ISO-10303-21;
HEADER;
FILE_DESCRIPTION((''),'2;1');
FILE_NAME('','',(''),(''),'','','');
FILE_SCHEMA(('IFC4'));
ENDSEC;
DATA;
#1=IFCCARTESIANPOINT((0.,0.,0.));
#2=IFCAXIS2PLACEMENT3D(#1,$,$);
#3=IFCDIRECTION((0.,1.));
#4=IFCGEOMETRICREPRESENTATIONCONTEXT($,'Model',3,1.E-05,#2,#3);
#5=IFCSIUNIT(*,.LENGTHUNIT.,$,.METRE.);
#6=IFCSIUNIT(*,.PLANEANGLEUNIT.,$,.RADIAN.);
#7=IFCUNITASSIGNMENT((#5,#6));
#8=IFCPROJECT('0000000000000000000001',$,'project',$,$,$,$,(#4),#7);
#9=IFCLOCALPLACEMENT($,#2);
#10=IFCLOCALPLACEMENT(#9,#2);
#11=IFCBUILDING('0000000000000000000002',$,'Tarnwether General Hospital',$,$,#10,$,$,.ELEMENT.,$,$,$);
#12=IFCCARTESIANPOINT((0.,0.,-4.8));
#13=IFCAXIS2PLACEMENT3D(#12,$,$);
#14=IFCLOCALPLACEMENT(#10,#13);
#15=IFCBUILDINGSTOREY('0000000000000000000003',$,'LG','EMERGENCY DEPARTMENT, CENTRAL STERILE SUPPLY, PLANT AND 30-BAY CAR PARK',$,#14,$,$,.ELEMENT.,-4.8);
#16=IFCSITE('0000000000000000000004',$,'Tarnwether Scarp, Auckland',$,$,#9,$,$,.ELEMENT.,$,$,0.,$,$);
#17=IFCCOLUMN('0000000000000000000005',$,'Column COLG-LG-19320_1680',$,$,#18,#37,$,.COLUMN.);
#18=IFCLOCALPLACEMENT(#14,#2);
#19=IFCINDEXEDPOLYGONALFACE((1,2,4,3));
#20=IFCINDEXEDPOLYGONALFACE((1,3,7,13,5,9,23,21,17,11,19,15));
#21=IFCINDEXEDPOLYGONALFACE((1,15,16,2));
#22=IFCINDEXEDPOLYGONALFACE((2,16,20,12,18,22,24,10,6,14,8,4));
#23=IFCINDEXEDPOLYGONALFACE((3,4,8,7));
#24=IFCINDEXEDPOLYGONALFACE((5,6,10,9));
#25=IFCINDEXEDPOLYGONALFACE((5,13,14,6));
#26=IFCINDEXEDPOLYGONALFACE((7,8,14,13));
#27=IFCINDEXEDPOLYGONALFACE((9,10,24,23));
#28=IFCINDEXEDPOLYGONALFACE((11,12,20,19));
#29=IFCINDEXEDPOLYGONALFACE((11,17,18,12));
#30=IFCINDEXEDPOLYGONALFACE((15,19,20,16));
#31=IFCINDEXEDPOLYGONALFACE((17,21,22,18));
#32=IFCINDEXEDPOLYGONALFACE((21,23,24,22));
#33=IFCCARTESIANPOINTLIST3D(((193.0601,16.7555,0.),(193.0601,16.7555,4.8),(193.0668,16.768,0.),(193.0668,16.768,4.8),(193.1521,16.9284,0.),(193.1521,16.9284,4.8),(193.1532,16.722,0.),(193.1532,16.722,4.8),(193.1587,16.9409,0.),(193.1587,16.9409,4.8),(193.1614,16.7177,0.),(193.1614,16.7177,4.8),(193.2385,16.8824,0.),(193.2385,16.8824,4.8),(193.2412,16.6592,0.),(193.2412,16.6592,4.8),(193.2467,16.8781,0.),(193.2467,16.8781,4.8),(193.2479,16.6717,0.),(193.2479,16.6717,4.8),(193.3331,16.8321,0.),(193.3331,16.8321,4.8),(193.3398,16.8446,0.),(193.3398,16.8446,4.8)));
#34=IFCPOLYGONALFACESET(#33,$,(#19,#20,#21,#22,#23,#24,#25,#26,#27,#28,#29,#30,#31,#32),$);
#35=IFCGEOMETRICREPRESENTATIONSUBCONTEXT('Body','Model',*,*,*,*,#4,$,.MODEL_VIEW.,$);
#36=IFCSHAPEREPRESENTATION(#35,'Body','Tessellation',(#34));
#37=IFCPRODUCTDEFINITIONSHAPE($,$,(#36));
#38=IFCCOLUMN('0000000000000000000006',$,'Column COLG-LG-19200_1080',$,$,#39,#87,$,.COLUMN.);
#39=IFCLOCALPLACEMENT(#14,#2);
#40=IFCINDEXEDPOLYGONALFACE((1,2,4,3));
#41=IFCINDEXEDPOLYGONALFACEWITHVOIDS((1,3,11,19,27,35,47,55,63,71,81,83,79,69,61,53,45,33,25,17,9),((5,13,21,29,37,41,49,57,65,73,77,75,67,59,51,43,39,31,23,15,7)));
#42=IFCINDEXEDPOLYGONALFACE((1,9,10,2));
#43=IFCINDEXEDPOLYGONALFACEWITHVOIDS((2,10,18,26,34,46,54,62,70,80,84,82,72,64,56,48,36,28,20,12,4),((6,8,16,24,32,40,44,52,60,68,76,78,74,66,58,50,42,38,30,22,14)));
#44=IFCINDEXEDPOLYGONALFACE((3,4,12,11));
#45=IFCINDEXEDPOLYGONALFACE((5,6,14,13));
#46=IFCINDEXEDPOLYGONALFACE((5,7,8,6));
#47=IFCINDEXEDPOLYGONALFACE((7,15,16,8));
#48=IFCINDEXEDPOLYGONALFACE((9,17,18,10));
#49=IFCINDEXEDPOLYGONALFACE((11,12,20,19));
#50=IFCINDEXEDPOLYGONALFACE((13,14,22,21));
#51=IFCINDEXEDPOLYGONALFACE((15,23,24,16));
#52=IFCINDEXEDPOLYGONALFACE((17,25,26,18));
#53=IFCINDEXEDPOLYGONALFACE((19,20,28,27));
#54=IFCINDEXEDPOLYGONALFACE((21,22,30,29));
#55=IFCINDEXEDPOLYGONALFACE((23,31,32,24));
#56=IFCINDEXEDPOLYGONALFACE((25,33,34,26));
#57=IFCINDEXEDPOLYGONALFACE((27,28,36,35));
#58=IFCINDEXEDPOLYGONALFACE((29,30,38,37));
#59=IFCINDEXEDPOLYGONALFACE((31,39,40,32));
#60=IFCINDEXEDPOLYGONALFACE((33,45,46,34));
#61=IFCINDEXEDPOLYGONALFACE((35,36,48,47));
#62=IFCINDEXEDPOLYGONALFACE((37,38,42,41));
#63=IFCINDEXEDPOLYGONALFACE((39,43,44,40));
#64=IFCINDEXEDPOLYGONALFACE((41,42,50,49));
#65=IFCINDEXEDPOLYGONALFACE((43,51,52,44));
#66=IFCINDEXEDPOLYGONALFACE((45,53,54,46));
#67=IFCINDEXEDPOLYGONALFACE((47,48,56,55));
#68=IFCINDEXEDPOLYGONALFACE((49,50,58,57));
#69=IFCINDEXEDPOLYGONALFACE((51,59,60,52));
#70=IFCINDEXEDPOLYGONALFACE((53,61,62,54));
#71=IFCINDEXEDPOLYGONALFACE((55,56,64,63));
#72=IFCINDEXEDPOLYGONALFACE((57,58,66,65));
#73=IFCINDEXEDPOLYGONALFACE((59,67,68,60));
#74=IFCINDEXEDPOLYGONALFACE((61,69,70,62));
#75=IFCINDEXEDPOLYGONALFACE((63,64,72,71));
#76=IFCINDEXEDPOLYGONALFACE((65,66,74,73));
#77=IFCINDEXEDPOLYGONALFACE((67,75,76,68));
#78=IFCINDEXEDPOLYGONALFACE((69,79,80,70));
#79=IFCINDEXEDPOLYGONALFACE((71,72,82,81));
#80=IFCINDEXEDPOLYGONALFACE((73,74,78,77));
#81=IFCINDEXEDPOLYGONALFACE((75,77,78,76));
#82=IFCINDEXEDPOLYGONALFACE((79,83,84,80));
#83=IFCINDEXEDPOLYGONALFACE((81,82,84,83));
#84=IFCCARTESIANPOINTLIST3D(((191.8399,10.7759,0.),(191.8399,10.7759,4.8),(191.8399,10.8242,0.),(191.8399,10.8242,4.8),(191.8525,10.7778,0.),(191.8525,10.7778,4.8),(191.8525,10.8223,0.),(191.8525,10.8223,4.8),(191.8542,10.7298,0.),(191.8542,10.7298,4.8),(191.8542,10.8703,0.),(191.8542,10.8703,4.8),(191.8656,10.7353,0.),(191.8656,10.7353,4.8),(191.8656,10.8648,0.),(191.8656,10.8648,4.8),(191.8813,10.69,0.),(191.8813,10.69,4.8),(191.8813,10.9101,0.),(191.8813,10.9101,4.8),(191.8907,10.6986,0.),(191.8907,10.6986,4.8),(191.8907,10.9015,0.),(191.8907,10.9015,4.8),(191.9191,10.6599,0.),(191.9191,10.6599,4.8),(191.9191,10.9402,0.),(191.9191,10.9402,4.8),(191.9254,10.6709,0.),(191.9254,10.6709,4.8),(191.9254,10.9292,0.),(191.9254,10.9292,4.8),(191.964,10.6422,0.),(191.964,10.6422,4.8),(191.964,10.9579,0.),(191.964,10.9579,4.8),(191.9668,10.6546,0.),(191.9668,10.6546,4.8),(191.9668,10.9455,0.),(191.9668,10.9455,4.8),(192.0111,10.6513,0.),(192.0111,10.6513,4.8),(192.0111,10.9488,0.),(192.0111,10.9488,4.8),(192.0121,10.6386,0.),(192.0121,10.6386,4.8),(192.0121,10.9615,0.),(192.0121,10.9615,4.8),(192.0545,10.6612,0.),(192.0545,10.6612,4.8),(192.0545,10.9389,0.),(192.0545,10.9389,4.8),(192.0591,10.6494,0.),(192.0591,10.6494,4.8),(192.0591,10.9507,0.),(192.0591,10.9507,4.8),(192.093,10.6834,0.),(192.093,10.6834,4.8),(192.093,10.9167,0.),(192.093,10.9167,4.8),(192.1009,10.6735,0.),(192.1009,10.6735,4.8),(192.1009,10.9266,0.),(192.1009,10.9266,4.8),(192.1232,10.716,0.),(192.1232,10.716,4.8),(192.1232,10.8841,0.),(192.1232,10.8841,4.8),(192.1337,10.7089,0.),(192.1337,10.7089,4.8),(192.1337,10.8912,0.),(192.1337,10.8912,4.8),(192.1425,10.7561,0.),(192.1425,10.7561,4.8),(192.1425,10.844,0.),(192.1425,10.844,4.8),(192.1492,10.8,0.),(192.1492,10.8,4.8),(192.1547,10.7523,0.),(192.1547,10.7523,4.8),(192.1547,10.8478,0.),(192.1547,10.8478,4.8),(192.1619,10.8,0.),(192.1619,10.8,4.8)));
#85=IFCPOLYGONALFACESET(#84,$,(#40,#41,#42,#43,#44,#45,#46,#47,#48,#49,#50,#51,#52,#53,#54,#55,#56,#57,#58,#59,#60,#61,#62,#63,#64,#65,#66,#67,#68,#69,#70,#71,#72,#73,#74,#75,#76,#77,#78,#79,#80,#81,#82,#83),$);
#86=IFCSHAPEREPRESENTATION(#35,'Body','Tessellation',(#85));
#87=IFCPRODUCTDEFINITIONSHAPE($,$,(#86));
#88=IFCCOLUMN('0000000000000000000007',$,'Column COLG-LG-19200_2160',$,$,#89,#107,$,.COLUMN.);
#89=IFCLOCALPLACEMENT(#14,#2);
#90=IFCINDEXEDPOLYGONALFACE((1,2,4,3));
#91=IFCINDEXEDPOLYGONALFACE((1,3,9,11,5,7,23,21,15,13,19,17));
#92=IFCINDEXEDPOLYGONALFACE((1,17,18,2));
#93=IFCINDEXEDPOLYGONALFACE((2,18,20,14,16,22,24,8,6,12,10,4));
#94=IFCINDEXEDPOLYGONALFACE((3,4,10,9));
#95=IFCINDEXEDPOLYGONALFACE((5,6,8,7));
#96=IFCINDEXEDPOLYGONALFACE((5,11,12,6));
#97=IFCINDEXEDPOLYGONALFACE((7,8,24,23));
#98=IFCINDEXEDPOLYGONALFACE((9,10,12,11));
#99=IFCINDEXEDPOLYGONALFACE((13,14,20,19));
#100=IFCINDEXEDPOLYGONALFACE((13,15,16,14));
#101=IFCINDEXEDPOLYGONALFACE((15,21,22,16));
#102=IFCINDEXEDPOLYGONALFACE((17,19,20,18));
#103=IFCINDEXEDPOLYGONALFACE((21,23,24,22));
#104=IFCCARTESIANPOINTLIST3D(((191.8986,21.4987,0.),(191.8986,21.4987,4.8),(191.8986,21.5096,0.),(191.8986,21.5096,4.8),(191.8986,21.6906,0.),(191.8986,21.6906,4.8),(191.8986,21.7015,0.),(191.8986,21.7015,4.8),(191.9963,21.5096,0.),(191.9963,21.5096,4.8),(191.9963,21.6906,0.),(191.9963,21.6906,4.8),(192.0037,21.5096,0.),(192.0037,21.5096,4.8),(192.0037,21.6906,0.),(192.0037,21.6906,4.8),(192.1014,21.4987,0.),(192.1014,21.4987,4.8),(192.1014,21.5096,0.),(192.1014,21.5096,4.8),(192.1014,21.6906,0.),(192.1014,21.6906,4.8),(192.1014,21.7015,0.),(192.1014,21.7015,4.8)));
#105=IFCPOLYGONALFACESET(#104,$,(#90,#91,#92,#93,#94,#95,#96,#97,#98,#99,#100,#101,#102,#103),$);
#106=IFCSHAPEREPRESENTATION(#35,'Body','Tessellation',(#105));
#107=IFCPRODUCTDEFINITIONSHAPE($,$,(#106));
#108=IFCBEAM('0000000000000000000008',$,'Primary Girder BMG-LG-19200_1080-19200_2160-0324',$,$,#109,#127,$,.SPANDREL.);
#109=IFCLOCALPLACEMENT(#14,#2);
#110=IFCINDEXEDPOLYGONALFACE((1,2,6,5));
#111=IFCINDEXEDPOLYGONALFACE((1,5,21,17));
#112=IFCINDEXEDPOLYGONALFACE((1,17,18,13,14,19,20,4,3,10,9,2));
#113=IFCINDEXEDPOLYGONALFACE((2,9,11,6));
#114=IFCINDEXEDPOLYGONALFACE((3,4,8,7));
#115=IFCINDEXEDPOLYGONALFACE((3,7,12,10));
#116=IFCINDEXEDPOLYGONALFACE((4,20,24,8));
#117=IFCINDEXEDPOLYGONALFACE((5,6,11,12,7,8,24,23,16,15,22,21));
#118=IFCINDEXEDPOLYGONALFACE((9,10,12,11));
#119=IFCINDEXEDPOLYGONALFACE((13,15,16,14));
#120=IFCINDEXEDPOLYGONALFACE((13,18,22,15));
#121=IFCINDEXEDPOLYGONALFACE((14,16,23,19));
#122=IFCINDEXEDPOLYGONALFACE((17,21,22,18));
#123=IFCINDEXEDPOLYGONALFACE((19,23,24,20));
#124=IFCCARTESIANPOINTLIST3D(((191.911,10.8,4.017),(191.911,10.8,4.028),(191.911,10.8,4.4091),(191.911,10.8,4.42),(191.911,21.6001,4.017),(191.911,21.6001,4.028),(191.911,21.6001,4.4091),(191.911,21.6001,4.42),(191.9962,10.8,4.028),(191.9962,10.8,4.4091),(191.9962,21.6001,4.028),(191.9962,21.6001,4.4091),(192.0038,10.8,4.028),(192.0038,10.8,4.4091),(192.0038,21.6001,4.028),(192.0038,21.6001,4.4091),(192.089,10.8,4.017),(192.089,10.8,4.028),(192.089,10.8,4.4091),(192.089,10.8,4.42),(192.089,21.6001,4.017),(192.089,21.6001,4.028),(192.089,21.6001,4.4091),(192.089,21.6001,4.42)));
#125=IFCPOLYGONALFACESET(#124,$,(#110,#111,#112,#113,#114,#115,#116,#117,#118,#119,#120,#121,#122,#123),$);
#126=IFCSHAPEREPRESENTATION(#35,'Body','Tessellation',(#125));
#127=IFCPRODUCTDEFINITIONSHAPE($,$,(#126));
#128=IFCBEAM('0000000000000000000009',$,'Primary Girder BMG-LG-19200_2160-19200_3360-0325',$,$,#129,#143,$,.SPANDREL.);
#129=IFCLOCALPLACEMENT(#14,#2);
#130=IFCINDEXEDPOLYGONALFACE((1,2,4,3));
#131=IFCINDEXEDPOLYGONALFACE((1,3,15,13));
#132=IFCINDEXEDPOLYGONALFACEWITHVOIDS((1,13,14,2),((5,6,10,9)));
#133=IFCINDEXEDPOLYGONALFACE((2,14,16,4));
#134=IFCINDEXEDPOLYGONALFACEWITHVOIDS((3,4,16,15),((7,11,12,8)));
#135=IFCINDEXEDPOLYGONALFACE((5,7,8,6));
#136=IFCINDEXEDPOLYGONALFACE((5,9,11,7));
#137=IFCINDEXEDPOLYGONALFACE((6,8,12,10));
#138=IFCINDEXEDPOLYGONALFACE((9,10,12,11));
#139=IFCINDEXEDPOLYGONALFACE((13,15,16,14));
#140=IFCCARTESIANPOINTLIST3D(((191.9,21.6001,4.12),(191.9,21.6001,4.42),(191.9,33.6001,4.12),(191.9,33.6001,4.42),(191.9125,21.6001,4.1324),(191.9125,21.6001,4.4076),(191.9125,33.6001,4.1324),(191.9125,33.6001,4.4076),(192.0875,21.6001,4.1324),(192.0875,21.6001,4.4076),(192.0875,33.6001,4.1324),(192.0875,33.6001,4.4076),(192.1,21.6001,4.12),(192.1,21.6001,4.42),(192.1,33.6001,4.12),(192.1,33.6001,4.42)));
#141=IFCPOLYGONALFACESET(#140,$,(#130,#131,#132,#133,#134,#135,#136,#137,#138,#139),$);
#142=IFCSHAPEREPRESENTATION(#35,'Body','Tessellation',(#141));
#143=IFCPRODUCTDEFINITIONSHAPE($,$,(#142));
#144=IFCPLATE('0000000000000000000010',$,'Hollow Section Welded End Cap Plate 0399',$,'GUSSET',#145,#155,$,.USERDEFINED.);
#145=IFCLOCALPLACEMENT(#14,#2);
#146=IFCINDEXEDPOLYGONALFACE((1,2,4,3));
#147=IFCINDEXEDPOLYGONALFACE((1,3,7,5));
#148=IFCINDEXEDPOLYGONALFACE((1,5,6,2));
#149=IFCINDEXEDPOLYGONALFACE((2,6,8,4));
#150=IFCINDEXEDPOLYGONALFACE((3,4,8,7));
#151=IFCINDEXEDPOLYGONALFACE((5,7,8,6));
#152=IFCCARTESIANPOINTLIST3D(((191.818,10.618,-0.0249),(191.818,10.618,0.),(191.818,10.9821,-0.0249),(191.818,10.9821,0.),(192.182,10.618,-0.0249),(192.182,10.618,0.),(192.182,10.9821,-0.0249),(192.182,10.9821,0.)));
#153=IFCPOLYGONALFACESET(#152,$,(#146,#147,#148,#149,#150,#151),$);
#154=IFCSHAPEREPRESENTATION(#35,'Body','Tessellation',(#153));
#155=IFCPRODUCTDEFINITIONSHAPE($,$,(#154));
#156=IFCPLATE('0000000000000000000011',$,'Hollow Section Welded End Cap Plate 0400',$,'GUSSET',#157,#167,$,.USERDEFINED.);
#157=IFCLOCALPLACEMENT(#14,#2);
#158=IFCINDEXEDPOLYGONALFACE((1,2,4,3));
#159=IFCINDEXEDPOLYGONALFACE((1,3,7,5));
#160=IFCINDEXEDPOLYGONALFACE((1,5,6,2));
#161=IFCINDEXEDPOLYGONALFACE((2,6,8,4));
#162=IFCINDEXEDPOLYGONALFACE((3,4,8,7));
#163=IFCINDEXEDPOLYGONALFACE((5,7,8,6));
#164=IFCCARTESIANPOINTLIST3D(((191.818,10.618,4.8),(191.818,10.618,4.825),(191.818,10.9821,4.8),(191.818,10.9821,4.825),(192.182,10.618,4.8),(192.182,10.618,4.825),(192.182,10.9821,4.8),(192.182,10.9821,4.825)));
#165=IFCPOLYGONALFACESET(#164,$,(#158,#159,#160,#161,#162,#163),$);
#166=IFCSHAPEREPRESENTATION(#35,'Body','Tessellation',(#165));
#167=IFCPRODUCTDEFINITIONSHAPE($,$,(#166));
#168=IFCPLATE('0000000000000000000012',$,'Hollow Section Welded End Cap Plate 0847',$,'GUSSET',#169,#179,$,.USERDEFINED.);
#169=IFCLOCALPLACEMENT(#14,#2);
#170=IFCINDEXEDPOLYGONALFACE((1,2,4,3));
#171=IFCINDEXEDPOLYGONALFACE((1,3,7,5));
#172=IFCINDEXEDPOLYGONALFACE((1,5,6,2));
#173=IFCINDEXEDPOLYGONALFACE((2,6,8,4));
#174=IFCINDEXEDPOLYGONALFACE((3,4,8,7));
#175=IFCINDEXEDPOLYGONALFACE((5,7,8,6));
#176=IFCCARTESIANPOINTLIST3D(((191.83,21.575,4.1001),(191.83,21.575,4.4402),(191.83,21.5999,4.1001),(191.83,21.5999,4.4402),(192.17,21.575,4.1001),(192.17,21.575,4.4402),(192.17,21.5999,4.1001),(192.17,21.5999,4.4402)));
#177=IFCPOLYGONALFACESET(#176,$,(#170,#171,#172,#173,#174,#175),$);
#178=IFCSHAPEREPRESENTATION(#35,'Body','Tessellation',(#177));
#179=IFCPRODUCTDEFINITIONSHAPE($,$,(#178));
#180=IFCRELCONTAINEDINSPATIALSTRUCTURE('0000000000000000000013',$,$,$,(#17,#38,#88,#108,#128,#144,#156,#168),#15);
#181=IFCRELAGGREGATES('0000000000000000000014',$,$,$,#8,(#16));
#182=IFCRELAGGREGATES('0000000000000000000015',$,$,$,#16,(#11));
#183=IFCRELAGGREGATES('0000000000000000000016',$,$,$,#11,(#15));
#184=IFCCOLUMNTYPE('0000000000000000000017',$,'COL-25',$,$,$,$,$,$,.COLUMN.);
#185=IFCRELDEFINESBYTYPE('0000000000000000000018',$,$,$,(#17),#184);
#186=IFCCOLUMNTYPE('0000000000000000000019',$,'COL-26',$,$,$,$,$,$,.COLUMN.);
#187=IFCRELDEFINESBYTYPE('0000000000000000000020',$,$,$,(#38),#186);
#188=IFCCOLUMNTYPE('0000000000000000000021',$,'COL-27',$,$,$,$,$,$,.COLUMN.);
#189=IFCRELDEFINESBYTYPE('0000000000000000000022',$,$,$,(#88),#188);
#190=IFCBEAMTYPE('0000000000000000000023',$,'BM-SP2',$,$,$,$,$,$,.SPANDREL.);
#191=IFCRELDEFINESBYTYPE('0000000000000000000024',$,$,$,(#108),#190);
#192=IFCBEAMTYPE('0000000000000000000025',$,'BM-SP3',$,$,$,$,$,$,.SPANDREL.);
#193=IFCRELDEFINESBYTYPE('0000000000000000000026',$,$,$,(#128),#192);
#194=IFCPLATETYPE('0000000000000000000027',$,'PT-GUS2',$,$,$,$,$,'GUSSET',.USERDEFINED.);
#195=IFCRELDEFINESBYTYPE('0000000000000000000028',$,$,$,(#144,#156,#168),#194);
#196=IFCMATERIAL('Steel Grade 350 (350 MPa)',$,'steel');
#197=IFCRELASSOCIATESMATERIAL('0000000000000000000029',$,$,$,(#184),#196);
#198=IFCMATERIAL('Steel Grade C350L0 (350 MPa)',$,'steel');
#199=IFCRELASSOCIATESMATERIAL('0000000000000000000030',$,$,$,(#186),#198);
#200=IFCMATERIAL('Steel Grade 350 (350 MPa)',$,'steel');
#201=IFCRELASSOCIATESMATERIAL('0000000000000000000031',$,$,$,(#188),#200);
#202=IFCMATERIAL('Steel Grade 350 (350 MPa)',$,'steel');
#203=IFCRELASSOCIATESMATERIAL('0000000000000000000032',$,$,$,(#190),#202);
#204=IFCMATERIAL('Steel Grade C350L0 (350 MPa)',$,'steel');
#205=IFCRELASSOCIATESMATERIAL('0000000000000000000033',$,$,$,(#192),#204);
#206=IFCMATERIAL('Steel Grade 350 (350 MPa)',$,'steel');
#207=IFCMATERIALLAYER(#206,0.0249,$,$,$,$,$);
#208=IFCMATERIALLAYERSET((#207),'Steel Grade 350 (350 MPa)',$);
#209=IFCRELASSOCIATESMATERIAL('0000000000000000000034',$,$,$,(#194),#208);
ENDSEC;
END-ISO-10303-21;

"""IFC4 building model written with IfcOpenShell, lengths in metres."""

from ifc_helpers import new_model, si_unit, direction, frame, origin, origin_2d, place, context, subcontext, project, spatial, rectangle, hollow_rectangle, hollow_circle, i_section, extrude, material, layer, layer_set, material_profile, profile_set, type_object, element, save


model = new_model("IFC4")

# Units and contexts
model_context = context("Model", 3, precision=1e-05, world=origin(), true_north=direction((0.0, 1.0)))
body_context = subcontext(model_context, "Body", "Model", "MODEL_VIEW")
ifc_project = project(units=[si_unit("LENGTHUNIT", "METRE"), si_unit("PLANEANGLEUNIT", "RADIAN")], contexts=[model_context])

# Site, building, storey
site_placement = place(None, origin())
site = spatial("IfcSite", under=ifc_project, at=site_placement, Name="Tarnwether Scarp, Auckland", CompositionType="ELEMENT", RefElevation=0.0)
building_placement = place(site_placement, origin())
building = spatial("IfcBuilding", under=site, at=building_placement, Name="Tarnwether General Hospital", CompositionType="ELEMENT")
storey_placement = place(building_placement, frame((0.0, 0.0, -4.8)))
storey = spatial("IfcBuildingStorey", under=building, at=storey_placement, Name="LG", Description="EMERGENCY DEPARTMENT, CENTRAL STERILE SUPPLY, PLANT AND 30-BAY CAR PARK", CompositionType="ELEMENT", Elevation=-4.8)

# Columns
ifc_material_1 = material(Name="Steel Grade 350 (350 MPa)", Category="steel")
ifc_material_profile_1 = material_profile(ifc_material_1, i_section(OverallWidth=0.2051, OverallDepth=0.21, WebThickness=0.0093, FlangeThickness=0.0142, at=origin_2d()), Name="200UC59.5")
ifc_profile_set_1 = profile_set([ifc_material_profile_1], Name="Steel Grade 350 (350 MPa)")
column_type_1 = type_object("IfcColumnType", Name="COL-25", PredefinedType="COLUMN", material=ifc_profile_set_1)
column_1_placement = place(storey_placement, frame((193.2, 16.8, 0.0), z_axis=(0.0, 0.0, 1.0), x_axis=(0.882948, -0.469472, 0.0)))
element("IfcColumn", 1, at=column_1_placement, inside=storey, type_object=column_type_1, Name="Column COLG-LG-19320_1680", PredefinedType="COLUMN", context=body_context, shape_type="SweptSolid", body=[
    extrude(i_section(OverallWidth=0.2051, OverallDepth=0.21, WebThickness=0.0093, FlangeThickness=0.0142, at=origin_2d()), origin(), (0.0, 0.0, 1.0), 4.8),
])
ifc_material_2 = material(Name="Steel Grade C350L0 (350 MPa)", Category="steel")
ifc_material_profile_2 = material_profile(ifc_material_2, hollow_circle(Radius=0.1619, WallThickness=0.0127, at=origin_2d()), Name="CHS323.9x12.7")
ifc_profile_set_2 = profile_set([ifc_material_profile_2], Name="Steel Grade C350L0 (350 MPa)")
column_type_2 = type_object("IfcColumnType", Name="COL-26", PredefinedType="COLUMN", material=ifc_profile_set_2)
column_2_placement = place(storey_placement, frame((192.0, 10.8, 0.0), z_axis=(0.0, 0.0, 1.0), x_axis=(1.0, 0.0, 0.0)))
element("IfcColumn", 2, at=column_2_placement, inside=storey, type_object=column_type_2, Name="Column COLG-LG-19200_1080", PredefinedType="COLUMN", context=body_context, shape_type="SweptSolid", body=[
    extrude(hollow_circle(Radius=0.1619, WallThickness=0.0127, at=origin_2d()), origin(), (0.0, 0.0, 1.0), 4.8),
])
ifc_material_3 = material(Name="Steel Grade 350 (350 MPa)", Category="steel")
ifc_material_profile_3 = material_profile(ifc_material_3, i_section(OverallWidth=0.2029, OverallDepth=0.2029, WebThickness=0.0073, FlangeThickness=0.011, at=origin_2d()), Name="200UC46.2")
ifc_profile_set_3 = profile_set([ifc_material_profile_3], Name="Steel Grade 350 (350 MPa)")
column_type_3 = type_object("IfcColumnType", Name="COL-27", PredefinedType="COLUMN", material=ifc_profile_set_3)
column_3_placement = place(storey_placement, frame((192.0, 21.6001, 0.0), z_axis=(0.0, 0.0, 1.0), x_axis=(1.0, 0.0, 0.0)))
element("IfcColumn", 3, at=column_3_placement, inside=storey, type_object=column_type_3, Name="Column COLG-LG-19200_2160", PredefinedType="COLUMN", context=body_context, shape_type="SweptSolid", body=[
    extrude(i_section(OverallWidth=0.2029, OverallDepth=0.2029, WebThickness=0.0073, FlangeThickness=0.011, at=origin_2d()), origin(), (0.0, 0.0, 1.0), 4.8),
])

# Beams
ifc_material_4 = material(Name="Steel Grade 350 (350 MPa)", Category="steel")
ifc_material_profile_4 = material_profile(ifc_material_4, i_section(OverallWidth=0.178, OverallDepth=0.4031, WebThickness=0.0076, FlangeThickness=0.011, at=origin_2d()), Name="410UB53.7")
ifc_profile_set_4 = profile_set([ifc_material_profile_4], Name="Steel Grade 350 (350 MPa)")
beam_type_1 = type_object("IfcBeamType", Name="BM-SP2", PredefinedType="SPANDREL", material=ifc_profile_set_4)
beam_1_placement = place(storey_placement, frame((192.0, 10.8, 4.2185), z_axis=(0.0, 1.0, 0.0), x_axis=(-1.0, 0.0, 0.0)))
element("IfcBeam", 4, at=beam_1_placement, inside=storey, type_object=beam_type_1, Name="Primary Girder BMG-LG-19200_1080-19200_2160-0324", PredefinedType="SPANDREL", context=body_context, shape_type="SweptSolid", body=[
    extrude(i_section(OverallWidth=0.178, OverallDepth=0.4031, WebThickness=0.0076, FlangeThickness=0.011, at=origin_2d()), origin(), (0.0, 0.0, 1.0), 10.8),
])
ifc_material_5 = material(Name="Steel Grade C350L0 (350 MPa)", Category="steel")
ifc_material_profile_5 = material_profile(ifc_material_5, hollow_rectangle(XDim=0.2, YDim=0.3, WallThickness=0.0125, at=origin_2d()), Name="RHS300x200x12.5")
ifc_profile_set_5 = profile_set([ifc_material_profile_5], Name="Steel Grade C350L0 (350 MPa)")
beam_type_2 = type_object("IfcBeamType", Name="BM-SP3", PredefinedType="SPANDREL", material=ifc_profile_set_5)
beam_2_placement = place(storey_placement, frame((192.0, 21.6001, 4.27), z_axis=(0.0, 1.0, 0.0), x_axis=(-1.0, 0.0, 0.0)))
element("IfcBeam", 5, at=beam_2_placement, inside=storey, type_object=beam_type_2, Name="Primary Girder BMG-LG-19200_2160-19200_3360-0325", PredefinedType="SPANDREL", context=body_context, shape_type="SweptSolid", body=[
    extrude(hollow_rectangle(XDim=0.2, YDim=0.3, WallThickness=0.0125, at=origin_2d()), origin(), (0.0, 0.0, 1.0), 12.0),
])

# Plates
ifc_material_6 = material(Name="Steel Grade 350 (350 MPa)", Category="steel")
ifc_layer = layer(ifc_material_6, 0.0249)
ifc_layer_set = layer_set([ifc_layer], Name="Steel Grade 350 (350 MPa)")
plate_type = type_object("IfcPlateType", Name="PT-GUS2", ElementType="GUSSET", PredefinedType="USERDEFINED", material=ifc_layer_set)
for number, where, z_axis, x_axis, name in (
    (6, (192.0, 10.8, -0.0249), (0.0, 0.0, 1.0), (1.0, 0.0, 0.0), "Hollow Section Welded End Cap Plate 0399"),
    (7, (192.0, 10.8, 4.8), (0.0, 0.0, 1.0), (1.0, 0.0, 0.0), "Hollow Section Welded End Cap Plate 0400"),
):
    element("IfcPlate", number, at=place(storey_placement, frame(where, z_axis=z_axis, x_axis=x_axis)), inside=storey, type_object=plate_type, Name=name, ObjectType="GUSSET", PredefinedType="USERDEFINED", context=body_context, shape_type="SweptSolid", body=[
        extrude(rectangle(XDim=0.364, YDim=0.364, at=origin_2d()), origin(), (0.0, 0.0, 1.0), 0.0249),
    ])
plate_placement = place(storey_placement, frame((192.0, 21.5874, 4.1001), z_axis=(0.0, 0.0, 1.0), x_axis=(0.0, 1.0, 0.0)))
element("IfcPlate", 8, at=plate_placement, inside=storey, type_object=plate_type, Name="Hollow Section Welded End Cap Plate 0847", ObjectType="GUSSET", PredefinedType="USERDEFINED", context=body_context, shape_type="SweptSolid", body=[
    extrude(rectangle(XDim=0.0249, YDim=0.3401, at=origin_2d()), origin(), (0.0, 0.0, 1.0), 0.3401),
])

save(model, "model.ifc")
